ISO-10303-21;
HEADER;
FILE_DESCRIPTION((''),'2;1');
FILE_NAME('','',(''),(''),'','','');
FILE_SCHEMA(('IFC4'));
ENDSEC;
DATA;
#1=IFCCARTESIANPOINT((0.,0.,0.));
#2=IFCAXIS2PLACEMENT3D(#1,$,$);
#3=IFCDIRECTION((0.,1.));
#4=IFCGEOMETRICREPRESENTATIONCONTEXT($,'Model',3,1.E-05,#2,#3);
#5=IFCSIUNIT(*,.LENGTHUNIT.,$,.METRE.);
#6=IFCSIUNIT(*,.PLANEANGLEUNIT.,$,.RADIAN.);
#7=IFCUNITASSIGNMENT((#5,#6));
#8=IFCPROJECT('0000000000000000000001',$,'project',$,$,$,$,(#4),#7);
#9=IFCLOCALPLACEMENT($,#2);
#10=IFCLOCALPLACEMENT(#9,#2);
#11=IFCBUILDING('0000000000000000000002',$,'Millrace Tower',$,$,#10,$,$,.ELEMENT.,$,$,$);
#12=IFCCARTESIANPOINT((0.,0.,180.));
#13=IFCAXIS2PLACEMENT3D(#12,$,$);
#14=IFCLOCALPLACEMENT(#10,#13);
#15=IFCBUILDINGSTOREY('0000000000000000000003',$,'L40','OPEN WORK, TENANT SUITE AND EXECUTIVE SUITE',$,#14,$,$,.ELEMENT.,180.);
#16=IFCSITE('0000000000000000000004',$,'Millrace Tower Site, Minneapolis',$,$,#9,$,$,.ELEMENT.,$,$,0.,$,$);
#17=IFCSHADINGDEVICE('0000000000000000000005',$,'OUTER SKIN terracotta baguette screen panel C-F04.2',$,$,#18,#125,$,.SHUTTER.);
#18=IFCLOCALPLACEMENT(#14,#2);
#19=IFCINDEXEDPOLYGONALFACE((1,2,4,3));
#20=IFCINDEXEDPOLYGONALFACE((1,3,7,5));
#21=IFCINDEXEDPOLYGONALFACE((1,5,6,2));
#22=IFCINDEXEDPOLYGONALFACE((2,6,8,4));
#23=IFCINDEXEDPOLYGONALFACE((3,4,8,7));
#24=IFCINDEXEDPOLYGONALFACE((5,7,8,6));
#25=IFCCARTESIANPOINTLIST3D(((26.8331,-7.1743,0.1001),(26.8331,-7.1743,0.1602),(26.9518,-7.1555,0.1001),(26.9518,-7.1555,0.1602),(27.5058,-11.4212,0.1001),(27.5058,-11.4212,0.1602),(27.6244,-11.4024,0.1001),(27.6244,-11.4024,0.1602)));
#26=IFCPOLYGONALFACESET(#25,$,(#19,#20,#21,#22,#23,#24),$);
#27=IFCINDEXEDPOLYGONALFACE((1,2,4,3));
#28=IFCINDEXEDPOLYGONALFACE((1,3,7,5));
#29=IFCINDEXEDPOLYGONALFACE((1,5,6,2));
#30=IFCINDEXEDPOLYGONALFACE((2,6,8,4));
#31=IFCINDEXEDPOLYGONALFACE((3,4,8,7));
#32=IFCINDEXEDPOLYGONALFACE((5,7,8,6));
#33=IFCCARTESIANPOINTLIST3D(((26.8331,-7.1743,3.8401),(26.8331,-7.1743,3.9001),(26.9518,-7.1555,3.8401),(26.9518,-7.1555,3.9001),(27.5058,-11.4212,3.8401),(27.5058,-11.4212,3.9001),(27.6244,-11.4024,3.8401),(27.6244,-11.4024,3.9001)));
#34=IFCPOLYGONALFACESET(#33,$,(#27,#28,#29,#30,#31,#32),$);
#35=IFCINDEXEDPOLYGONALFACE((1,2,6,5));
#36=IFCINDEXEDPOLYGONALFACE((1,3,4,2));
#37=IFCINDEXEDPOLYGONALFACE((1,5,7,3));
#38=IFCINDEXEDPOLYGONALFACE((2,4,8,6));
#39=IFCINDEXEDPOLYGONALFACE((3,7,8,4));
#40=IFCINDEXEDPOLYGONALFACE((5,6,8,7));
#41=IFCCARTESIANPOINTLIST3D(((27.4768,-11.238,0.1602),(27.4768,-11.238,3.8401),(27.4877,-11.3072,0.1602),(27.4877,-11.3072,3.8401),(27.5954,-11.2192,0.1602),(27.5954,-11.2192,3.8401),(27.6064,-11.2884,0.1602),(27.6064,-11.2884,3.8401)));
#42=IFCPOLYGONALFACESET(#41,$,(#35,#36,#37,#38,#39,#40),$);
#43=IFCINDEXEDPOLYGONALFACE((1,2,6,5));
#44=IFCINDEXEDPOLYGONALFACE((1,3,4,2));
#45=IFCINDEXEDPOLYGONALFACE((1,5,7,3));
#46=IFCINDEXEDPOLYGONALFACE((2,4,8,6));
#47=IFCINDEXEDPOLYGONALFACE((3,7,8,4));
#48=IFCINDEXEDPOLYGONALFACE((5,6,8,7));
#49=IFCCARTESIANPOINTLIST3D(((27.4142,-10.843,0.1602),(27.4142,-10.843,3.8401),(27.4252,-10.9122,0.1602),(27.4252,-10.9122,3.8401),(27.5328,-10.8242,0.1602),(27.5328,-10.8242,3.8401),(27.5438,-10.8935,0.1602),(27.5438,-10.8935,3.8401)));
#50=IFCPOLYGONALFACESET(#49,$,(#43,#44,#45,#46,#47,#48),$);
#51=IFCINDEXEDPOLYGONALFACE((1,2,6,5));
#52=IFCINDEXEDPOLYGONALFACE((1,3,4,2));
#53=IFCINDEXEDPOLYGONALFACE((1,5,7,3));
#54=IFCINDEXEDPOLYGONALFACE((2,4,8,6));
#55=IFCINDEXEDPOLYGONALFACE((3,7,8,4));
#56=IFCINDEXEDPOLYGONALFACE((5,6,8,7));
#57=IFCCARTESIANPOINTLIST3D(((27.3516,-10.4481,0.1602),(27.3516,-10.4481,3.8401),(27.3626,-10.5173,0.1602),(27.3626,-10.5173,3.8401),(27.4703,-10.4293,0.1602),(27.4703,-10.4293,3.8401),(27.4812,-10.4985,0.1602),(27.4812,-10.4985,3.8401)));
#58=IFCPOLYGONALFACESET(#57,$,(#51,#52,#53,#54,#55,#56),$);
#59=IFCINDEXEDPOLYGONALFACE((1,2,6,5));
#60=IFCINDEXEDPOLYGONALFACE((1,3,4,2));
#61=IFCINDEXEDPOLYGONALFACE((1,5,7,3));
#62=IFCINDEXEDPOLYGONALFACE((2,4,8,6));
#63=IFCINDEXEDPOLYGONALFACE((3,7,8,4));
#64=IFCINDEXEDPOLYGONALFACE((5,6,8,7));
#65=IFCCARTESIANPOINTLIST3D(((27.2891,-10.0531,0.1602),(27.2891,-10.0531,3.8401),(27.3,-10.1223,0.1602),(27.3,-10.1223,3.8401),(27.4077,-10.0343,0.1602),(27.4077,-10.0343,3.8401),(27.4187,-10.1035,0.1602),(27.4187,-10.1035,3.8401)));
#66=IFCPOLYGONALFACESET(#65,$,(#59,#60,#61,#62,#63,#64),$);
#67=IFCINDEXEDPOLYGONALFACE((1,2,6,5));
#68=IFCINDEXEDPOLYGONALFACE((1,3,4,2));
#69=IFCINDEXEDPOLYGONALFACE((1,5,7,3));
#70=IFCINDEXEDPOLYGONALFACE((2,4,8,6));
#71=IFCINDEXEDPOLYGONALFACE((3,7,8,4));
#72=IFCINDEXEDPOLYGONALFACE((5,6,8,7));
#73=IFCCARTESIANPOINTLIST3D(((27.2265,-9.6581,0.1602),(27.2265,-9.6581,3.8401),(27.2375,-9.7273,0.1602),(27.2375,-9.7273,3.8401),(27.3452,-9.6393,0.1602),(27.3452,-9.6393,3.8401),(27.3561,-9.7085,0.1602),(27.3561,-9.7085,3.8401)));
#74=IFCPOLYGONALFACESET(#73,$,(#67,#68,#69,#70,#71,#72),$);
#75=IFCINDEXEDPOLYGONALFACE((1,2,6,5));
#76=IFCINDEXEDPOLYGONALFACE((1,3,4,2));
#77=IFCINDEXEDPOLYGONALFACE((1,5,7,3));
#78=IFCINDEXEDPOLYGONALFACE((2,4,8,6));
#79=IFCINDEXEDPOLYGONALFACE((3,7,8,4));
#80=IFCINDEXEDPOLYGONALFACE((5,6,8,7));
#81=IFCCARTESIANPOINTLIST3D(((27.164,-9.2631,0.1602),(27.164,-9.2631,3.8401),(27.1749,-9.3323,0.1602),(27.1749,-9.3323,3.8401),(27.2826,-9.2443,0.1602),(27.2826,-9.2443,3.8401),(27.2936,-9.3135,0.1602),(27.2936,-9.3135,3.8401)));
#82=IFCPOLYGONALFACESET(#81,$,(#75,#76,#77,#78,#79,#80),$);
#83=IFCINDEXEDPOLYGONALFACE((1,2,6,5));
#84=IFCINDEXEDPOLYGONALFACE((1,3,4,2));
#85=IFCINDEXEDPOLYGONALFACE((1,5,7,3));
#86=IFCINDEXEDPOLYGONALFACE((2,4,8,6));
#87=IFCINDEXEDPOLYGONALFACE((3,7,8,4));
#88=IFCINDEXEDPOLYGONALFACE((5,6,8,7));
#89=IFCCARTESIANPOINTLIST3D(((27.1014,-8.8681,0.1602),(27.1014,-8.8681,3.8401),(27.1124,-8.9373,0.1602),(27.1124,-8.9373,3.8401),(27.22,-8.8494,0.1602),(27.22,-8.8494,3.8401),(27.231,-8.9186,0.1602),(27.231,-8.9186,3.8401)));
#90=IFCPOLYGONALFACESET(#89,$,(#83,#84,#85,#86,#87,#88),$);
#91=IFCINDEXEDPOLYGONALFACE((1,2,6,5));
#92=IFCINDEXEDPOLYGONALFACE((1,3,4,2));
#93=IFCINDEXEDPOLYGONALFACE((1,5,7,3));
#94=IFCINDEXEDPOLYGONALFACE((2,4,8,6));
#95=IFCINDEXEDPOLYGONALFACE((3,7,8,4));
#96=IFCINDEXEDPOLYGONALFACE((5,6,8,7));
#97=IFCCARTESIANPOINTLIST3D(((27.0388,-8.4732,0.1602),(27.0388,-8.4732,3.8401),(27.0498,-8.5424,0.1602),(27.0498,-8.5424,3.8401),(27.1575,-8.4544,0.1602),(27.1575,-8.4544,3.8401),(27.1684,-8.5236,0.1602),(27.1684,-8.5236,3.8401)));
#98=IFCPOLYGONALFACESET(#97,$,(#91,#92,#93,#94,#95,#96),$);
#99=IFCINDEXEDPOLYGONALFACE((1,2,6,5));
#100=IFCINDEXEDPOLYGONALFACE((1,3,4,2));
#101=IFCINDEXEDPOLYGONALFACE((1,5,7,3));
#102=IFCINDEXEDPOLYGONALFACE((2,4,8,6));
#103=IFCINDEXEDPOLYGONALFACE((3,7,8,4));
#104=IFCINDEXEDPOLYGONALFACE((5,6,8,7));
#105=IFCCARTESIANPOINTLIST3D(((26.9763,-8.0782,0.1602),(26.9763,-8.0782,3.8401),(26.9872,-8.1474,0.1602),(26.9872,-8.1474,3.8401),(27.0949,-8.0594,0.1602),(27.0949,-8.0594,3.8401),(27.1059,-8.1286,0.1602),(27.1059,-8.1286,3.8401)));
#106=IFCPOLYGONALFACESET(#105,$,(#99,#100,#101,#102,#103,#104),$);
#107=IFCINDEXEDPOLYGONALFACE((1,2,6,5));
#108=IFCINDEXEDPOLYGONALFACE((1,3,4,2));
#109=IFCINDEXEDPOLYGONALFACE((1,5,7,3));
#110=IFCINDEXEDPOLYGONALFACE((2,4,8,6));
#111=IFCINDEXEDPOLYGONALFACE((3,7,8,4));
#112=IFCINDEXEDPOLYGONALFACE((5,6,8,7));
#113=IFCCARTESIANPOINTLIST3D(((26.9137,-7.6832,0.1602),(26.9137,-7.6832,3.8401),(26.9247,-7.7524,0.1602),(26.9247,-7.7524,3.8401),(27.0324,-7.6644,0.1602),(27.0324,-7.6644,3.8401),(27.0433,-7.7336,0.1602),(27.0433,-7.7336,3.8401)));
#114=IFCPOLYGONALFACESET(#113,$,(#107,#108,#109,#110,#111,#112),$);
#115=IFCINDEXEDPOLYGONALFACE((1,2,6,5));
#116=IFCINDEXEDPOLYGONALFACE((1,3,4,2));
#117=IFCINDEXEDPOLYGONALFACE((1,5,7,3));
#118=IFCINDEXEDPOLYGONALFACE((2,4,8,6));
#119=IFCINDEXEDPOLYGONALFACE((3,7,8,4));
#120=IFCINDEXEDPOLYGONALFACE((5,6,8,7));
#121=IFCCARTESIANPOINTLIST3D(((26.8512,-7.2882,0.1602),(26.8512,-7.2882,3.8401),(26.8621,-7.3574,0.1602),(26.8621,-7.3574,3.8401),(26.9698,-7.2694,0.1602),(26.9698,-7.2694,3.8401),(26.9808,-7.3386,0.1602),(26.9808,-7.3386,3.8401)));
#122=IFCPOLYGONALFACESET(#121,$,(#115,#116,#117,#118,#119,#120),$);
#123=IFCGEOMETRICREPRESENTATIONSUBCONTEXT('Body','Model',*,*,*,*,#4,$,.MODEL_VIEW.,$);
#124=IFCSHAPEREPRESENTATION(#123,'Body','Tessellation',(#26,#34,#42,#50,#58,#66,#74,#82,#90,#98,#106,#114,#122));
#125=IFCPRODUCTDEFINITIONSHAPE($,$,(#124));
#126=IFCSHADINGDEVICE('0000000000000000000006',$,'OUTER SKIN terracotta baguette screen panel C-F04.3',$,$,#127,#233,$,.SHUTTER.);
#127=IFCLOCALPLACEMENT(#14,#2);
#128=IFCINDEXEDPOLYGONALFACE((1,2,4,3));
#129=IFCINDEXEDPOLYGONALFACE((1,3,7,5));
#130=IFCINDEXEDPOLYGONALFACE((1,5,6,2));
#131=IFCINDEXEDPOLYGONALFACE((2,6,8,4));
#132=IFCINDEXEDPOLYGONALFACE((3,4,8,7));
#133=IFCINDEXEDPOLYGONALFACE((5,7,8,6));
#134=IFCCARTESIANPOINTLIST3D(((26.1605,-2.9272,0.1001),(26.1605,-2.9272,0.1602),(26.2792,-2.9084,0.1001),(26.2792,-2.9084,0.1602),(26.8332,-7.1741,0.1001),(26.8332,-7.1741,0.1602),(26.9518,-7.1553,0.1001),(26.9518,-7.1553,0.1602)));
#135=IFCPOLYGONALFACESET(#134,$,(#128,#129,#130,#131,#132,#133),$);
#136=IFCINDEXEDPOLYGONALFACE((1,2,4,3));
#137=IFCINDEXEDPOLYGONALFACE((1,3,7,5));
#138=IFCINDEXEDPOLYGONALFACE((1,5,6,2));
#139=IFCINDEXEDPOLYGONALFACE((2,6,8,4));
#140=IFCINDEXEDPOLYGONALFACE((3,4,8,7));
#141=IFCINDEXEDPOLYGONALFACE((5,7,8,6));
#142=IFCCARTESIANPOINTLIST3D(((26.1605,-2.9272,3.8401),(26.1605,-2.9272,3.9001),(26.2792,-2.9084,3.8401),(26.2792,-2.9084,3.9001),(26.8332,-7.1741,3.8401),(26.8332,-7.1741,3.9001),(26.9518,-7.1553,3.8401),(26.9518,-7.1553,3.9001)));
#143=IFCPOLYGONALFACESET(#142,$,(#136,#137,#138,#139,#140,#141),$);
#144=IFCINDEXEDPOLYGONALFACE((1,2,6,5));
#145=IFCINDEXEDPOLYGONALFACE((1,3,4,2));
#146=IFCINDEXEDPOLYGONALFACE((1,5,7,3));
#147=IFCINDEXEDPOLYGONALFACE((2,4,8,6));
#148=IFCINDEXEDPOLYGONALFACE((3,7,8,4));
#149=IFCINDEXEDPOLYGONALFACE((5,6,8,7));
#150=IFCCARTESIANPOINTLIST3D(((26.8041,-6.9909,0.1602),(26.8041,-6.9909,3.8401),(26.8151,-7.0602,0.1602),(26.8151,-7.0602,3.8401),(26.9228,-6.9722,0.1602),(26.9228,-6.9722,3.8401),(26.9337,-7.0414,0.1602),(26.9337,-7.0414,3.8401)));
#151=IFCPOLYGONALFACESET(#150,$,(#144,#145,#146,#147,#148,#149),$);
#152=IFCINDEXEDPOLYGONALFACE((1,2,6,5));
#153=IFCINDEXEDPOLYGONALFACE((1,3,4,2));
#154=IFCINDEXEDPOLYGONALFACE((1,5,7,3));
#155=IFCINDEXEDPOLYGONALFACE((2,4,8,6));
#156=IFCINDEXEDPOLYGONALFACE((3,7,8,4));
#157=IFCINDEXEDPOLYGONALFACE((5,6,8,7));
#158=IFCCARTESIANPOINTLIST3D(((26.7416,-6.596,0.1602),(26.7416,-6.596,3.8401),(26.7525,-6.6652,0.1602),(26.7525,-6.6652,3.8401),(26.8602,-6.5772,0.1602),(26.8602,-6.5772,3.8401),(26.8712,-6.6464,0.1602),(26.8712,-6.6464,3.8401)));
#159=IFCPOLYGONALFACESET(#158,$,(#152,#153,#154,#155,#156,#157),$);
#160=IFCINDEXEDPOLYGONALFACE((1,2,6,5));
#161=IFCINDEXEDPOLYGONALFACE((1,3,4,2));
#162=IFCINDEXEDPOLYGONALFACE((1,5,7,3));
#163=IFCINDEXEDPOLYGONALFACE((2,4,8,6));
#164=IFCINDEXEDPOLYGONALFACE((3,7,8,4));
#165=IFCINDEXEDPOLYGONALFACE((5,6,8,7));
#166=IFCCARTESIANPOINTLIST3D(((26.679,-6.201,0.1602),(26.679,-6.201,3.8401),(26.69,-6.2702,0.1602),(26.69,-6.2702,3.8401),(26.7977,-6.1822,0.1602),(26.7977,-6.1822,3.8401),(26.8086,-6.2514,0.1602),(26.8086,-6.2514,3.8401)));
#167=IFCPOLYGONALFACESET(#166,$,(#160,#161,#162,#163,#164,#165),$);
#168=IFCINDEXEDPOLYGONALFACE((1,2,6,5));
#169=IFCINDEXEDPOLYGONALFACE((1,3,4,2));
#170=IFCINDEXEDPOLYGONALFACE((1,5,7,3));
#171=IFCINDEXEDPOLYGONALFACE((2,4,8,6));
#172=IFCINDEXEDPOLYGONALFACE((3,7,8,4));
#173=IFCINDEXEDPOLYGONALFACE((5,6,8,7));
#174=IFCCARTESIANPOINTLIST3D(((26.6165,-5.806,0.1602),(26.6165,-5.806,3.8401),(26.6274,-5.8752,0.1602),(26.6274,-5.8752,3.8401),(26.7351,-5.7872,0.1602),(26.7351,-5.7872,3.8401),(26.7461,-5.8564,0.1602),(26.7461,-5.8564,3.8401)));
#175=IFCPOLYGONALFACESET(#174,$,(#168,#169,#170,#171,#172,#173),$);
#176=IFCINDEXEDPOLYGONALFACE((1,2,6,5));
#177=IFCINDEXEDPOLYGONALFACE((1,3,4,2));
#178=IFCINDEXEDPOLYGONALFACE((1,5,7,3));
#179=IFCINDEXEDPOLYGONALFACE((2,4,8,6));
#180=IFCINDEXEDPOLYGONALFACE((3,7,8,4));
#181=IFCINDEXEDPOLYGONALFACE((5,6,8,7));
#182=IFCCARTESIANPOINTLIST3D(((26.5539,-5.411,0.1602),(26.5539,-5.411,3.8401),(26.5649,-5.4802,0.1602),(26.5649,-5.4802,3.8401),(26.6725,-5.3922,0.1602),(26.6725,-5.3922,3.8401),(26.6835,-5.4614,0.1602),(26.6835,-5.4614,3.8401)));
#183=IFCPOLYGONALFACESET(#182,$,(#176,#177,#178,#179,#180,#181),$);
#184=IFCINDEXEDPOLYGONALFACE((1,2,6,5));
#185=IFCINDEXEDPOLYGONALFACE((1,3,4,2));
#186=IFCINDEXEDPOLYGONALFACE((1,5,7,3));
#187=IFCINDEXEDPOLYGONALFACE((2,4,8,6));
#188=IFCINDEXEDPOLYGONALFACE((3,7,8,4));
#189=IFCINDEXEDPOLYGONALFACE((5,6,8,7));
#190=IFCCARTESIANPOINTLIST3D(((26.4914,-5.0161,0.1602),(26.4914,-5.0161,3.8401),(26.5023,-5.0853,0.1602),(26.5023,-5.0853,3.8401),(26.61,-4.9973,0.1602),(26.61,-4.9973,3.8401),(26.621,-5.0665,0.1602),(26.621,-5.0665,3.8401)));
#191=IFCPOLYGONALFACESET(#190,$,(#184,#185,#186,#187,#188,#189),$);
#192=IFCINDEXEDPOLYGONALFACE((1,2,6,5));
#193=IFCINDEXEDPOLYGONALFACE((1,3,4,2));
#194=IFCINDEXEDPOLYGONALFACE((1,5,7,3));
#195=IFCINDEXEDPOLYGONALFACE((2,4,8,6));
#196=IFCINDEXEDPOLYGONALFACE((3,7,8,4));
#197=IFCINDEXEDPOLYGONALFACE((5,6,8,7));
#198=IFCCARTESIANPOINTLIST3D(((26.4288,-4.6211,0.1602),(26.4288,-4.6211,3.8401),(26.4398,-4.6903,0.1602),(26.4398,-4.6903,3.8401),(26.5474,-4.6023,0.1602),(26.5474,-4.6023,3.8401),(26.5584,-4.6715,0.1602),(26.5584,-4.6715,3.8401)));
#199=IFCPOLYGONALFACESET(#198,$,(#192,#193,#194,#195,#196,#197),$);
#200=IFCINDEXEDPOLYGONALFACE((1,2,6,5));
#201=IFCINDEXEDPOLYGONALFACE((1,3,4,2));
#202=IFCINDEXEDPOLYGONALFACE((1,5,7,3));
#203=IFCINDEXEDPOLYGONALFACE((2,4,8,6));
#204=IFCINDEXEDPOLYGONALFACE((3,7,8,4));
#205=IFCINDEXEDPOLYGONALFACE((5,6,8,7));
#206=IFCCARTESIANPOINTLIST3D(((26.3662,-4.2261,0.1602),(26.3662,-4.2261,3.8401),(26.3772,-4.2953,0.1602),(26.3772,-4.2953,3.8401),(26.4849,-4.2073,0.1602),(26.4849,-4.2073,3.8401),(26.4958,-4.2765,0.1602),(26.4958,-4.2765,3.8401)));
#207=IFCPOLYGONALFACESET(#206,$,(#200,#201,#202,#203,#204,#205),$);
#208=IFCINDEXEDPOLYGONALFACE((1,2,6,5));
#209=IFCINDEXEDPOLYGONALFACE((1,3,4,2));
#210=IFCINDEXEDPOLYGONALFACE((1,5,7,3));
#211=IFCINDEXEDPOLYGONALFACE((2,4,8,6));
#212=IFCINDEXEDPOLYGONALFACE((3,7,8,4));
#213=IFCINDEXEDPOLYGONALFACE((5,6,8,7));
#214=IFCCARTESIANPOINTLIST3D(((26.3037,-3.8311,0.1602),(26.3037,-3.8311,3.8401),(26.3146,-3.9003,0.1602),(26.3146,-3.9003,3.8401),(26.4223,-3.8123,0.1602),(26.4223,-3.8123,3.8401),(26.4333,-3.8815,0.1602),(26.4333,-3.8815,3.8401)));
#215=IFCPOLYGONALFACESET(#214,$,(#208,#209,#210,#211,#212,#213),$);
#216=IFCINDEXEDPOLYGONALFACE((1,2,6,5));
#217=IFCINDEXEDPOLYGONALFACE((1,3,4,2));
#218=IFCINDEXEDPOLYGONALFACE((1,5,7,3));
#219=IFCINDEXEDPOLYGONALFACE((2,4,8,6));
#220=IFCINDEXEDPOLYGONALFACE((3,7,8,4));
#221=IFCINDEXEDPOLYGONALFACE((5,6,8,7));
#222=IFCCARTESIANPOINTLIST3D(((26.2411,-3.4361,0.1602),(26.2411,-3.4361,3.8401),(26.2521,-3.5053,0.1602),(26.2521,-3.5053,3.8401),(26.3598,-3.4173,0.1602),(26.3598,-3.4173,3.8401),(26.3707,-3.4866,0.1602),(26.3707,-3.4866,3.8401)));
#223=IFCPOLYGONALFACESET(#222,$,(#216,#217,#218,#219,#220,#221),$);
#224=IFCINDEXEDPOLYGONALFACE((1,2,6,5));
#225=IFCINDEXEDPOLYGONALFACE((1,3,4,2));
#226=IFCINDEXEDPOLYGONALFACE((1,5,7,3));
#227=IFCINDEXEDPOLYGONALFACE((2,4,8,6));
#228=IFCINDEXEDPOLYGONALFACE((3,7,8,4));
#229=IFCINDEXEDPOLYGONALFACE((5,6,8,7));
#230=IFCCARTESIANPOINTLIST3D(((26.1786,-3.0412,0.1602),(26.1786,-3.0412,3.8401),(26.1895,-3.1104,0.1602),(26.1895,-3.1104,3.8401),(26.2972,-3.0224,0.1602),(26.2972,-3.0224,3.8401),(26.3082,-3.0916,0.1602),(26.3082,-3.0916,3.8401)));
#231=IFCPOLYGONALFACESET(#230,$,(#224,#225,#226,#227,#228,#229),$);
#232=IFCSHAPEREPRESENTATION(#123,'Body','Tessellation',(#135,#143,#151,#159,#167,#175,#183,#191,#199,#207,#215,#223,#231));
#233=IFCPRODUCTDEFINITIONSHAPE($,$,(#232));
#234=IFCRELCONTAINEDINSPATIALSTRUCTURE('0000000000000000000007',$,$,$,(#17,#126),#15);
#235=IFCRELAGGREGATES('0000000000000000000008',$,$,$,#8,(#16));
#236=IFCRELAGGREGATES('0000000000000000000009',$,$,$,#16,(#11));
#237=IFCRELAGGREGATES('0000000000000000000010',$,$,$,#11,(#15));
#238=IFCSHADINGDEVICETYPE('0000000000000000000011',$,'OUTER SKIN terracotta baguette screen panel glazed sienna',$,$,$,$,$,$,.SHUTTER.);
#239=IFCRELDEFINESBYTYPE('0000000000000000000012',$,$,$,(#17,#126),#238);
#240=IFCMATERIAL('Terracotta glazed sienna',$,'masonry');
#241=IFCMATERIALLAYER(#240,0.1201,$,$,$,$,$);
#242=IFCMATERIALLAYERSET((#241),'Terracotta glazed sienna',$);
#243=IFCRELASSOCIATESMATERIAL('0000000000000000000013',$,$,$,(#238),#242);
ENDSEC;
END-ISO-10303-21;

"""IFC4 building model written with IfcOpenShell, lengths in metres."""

from ifc_helpers import new_model, entity, si_unit, direction, frame, frame_2d, origin, origin_2d, place, context, subcontext, project, spatial, rectangle, extrude, source, transform, mapped, material, layer, layer_set, type_object, element, save


model = new_model("IFC4")

# Units and contexts
model_context = context("Model", 3, precision=1e-05, world=origin(), true_north=direction((0.0, 1.0)))
body_context = subcontext(model_context, "Body", "Model", "MODEL_VIEW")
ifc_project = project(units=[si_unit("LENGTHUNIT", "METRE"), si_unit("PLANEANGLEUNIT", "RADIAN")], contexts=[model_context])

# Site, building, storey
site_placement = place(None, origin())
site = spatial("IfcSite", under=ifc_project, at=site_placement, Name="Millrace Tower Site, Minneapolis", CompositionType="ELEMENT", RefElevation=0.0)
building_placement = place(site_placement, origin())
building = spatial("IfcBuilding", under=site, at=building_placement, Name="Millrace Tower", CompositionType="ELEMENT")
storey_placement = place(building_placement, frame((0.0, 0.0, 180.0)))
storey = spatial("IfcBuildingStorey", under=building, at=storey_placement, Name="L40", Description="OPEN WORK, TENANT SUITE AND EXECUTIVE SUITE", CompositionType="ELEMENT", Elevation=180.0)

# Shading devices
ifc_material_1 = material(Name="Terracotta glazed sienna", Category="masonry")
ifc_layer_1 = layer(ifc_material_1, 0.1201)
ifc_layer_set_1 = layer_set([ifc_layer_1], Name="Terracotta glazed sienna")
shading_device_type = type_object("IfcShadingDeviceType", Name="OUTER SKIN terracotta baguette screen panel glazed sienna", PredefinedType="SHUTTER", material=ifc_layer_set_1)
cartesian_point = entity("IfcCartesianPoint", [-2.1499, 0.0601])
shared_polyline = entity("IfcPolyline", [cartesian_point, entity("IfcCartesianPoint", [2.1499, 0.0601]), entity("IfcCartesianPoint", [2.1499, -0.0601]), entity("IfcCartesianPoint", [-2.1499, -0.0601]), cartesian_point])
shared_shape = source(origin(), body_context, "Body", "SweptSolid", [
    entity("IfcExtrudedAreaSolid", entity("IfcArbitraryClosedProfileDef", "AREA", None, shared_polyline), entity("IfcAxis2Placement3D", entity("IfcCartesianPoint", [0.0, 0.0, 0.0])), entity("IfcDirection", [0.0, 0.0, 1.0]), 0.0601),
    entity("IfcExtrudedAreaSolid", entity("IfcArbitraryClosedProfileDef", "AREA", None, shared_polyline), entity("IfcAxis2Placement3D", entity("IfcCartesianPoint", [0.0, 0.0, 3.74])), entity("IfcDirection", [0.0, 0.0, 1.0]), 0.0601),
    extrude(rectangle(XDim=0.0701, YDim=0.1201, at=frame_2d((-1.9995, 0.0))), frame((0.0, 0.0, 0.0601)), (0.0, 0.0, 1.0), 3.6799),
    extrude(rectangle(XDim=0.0701, YDim=0.1201, at=frame_2d((-1.5996, 0.0))), frame((0.0, 0.0, 0.0601)), (0.0, 0.0, 1.0), 3.6799),
    extrude(rectangle(XDim=0.0701, YDim=0.1201, at=frame_2d((-1.1997, 0.0))), frame((0.0, 0.0, 0.0601)), (0.0, 0.0, 1.0), 3.6799),
    extrude(rectangle(XDim=0.0701, YDim=0.1201, at=frame_2d((-0.7998, 0.0))), frame((0.0, 0.0, 0.0601)), (0.0, 0.0, 1.0), 3.6799),
    extrude(rectangle(XDim=0.0701, YDim=0.1201, at=frame_2d((-0.3999, 0.0))), frame((0.0, 0.0, 0.0601)), (0.0, 0.0, 1.0), 3.6799),
    extrude(rectangle(XDim=0.0701, YDim=0.1201, at=origin_2d()), frame((0.0, 0.0, 0.0601)), (0.0, 0.0, 1.0), 3.6799),
    extrude(rectangle(XDim=0.0701, YDim=0.1201, at=frame_2d((0.3999, 0.0))), frame((0.0, 0.0, 0.0601)), (0.0, 0.0, 1.0), 3.6799),
    extrude(rectangle(XDim=0.0701, YDim=0.1201, at=frame_2d((0.7998, 0.0))), frame((0.0, 0.0, 0.0601)), (0.0, 0.0, 1.0), 3.6799),
    extrude(rectangle(XDim=0.0701, YDim=0.1201, at=frame_2d((1.1997, 0.0))), frame((0.0, 0.0, 0.0601)), (0.0, 0.0, 1.0), 3.6799),
    extrude(rectangle(XDim=0.0701, YDim=0.1201, at=frame_2d((1.5996, 0.0))), frame((0.0, 0.0, 0.0601)), (0.0, 0.0, 1.0), 3.6799),
    extrude(rectangle(XDim=0.0701, YDim=0.1201, at=frame_2d((1.9995, 0.0))), frame((0.0, 0.0, 0.0601)), (0.0, 0.0, 1.0), 3.6799),
])
for number, where, z_axis, x_axis, name in (
    (1, (27.2288, -9.2883, 0.1001), (0.0, 0.0, 1.0), (-0.156434, 0.987688, 0.0), "OUTER SKIN terracotta baguette screen panel C-F04.2"),
    (2, (26.5562, -5.0413, 0.1001), (0.0, 0.0, 1.0), (-0.156434, 0.987688, 0.0), "OUTER SKIN terracotta baguette screen panel C-F04.3"),
):
    element("IfcShadingDevice", number, at=place(storey_placement, frame(where, z_axis=z_axis, x_axis=x_axis)), inside=storey, type_object=shading_device_type, Name=name, PredefinedType="SHUTTER", context=body_context, shape_type="MappedRepresentation", body=[
        mapped(shared_shape, transform((0.0, 0.0, 0.0), scale=1.0)),
    ])

save(model, "model.ifc")
